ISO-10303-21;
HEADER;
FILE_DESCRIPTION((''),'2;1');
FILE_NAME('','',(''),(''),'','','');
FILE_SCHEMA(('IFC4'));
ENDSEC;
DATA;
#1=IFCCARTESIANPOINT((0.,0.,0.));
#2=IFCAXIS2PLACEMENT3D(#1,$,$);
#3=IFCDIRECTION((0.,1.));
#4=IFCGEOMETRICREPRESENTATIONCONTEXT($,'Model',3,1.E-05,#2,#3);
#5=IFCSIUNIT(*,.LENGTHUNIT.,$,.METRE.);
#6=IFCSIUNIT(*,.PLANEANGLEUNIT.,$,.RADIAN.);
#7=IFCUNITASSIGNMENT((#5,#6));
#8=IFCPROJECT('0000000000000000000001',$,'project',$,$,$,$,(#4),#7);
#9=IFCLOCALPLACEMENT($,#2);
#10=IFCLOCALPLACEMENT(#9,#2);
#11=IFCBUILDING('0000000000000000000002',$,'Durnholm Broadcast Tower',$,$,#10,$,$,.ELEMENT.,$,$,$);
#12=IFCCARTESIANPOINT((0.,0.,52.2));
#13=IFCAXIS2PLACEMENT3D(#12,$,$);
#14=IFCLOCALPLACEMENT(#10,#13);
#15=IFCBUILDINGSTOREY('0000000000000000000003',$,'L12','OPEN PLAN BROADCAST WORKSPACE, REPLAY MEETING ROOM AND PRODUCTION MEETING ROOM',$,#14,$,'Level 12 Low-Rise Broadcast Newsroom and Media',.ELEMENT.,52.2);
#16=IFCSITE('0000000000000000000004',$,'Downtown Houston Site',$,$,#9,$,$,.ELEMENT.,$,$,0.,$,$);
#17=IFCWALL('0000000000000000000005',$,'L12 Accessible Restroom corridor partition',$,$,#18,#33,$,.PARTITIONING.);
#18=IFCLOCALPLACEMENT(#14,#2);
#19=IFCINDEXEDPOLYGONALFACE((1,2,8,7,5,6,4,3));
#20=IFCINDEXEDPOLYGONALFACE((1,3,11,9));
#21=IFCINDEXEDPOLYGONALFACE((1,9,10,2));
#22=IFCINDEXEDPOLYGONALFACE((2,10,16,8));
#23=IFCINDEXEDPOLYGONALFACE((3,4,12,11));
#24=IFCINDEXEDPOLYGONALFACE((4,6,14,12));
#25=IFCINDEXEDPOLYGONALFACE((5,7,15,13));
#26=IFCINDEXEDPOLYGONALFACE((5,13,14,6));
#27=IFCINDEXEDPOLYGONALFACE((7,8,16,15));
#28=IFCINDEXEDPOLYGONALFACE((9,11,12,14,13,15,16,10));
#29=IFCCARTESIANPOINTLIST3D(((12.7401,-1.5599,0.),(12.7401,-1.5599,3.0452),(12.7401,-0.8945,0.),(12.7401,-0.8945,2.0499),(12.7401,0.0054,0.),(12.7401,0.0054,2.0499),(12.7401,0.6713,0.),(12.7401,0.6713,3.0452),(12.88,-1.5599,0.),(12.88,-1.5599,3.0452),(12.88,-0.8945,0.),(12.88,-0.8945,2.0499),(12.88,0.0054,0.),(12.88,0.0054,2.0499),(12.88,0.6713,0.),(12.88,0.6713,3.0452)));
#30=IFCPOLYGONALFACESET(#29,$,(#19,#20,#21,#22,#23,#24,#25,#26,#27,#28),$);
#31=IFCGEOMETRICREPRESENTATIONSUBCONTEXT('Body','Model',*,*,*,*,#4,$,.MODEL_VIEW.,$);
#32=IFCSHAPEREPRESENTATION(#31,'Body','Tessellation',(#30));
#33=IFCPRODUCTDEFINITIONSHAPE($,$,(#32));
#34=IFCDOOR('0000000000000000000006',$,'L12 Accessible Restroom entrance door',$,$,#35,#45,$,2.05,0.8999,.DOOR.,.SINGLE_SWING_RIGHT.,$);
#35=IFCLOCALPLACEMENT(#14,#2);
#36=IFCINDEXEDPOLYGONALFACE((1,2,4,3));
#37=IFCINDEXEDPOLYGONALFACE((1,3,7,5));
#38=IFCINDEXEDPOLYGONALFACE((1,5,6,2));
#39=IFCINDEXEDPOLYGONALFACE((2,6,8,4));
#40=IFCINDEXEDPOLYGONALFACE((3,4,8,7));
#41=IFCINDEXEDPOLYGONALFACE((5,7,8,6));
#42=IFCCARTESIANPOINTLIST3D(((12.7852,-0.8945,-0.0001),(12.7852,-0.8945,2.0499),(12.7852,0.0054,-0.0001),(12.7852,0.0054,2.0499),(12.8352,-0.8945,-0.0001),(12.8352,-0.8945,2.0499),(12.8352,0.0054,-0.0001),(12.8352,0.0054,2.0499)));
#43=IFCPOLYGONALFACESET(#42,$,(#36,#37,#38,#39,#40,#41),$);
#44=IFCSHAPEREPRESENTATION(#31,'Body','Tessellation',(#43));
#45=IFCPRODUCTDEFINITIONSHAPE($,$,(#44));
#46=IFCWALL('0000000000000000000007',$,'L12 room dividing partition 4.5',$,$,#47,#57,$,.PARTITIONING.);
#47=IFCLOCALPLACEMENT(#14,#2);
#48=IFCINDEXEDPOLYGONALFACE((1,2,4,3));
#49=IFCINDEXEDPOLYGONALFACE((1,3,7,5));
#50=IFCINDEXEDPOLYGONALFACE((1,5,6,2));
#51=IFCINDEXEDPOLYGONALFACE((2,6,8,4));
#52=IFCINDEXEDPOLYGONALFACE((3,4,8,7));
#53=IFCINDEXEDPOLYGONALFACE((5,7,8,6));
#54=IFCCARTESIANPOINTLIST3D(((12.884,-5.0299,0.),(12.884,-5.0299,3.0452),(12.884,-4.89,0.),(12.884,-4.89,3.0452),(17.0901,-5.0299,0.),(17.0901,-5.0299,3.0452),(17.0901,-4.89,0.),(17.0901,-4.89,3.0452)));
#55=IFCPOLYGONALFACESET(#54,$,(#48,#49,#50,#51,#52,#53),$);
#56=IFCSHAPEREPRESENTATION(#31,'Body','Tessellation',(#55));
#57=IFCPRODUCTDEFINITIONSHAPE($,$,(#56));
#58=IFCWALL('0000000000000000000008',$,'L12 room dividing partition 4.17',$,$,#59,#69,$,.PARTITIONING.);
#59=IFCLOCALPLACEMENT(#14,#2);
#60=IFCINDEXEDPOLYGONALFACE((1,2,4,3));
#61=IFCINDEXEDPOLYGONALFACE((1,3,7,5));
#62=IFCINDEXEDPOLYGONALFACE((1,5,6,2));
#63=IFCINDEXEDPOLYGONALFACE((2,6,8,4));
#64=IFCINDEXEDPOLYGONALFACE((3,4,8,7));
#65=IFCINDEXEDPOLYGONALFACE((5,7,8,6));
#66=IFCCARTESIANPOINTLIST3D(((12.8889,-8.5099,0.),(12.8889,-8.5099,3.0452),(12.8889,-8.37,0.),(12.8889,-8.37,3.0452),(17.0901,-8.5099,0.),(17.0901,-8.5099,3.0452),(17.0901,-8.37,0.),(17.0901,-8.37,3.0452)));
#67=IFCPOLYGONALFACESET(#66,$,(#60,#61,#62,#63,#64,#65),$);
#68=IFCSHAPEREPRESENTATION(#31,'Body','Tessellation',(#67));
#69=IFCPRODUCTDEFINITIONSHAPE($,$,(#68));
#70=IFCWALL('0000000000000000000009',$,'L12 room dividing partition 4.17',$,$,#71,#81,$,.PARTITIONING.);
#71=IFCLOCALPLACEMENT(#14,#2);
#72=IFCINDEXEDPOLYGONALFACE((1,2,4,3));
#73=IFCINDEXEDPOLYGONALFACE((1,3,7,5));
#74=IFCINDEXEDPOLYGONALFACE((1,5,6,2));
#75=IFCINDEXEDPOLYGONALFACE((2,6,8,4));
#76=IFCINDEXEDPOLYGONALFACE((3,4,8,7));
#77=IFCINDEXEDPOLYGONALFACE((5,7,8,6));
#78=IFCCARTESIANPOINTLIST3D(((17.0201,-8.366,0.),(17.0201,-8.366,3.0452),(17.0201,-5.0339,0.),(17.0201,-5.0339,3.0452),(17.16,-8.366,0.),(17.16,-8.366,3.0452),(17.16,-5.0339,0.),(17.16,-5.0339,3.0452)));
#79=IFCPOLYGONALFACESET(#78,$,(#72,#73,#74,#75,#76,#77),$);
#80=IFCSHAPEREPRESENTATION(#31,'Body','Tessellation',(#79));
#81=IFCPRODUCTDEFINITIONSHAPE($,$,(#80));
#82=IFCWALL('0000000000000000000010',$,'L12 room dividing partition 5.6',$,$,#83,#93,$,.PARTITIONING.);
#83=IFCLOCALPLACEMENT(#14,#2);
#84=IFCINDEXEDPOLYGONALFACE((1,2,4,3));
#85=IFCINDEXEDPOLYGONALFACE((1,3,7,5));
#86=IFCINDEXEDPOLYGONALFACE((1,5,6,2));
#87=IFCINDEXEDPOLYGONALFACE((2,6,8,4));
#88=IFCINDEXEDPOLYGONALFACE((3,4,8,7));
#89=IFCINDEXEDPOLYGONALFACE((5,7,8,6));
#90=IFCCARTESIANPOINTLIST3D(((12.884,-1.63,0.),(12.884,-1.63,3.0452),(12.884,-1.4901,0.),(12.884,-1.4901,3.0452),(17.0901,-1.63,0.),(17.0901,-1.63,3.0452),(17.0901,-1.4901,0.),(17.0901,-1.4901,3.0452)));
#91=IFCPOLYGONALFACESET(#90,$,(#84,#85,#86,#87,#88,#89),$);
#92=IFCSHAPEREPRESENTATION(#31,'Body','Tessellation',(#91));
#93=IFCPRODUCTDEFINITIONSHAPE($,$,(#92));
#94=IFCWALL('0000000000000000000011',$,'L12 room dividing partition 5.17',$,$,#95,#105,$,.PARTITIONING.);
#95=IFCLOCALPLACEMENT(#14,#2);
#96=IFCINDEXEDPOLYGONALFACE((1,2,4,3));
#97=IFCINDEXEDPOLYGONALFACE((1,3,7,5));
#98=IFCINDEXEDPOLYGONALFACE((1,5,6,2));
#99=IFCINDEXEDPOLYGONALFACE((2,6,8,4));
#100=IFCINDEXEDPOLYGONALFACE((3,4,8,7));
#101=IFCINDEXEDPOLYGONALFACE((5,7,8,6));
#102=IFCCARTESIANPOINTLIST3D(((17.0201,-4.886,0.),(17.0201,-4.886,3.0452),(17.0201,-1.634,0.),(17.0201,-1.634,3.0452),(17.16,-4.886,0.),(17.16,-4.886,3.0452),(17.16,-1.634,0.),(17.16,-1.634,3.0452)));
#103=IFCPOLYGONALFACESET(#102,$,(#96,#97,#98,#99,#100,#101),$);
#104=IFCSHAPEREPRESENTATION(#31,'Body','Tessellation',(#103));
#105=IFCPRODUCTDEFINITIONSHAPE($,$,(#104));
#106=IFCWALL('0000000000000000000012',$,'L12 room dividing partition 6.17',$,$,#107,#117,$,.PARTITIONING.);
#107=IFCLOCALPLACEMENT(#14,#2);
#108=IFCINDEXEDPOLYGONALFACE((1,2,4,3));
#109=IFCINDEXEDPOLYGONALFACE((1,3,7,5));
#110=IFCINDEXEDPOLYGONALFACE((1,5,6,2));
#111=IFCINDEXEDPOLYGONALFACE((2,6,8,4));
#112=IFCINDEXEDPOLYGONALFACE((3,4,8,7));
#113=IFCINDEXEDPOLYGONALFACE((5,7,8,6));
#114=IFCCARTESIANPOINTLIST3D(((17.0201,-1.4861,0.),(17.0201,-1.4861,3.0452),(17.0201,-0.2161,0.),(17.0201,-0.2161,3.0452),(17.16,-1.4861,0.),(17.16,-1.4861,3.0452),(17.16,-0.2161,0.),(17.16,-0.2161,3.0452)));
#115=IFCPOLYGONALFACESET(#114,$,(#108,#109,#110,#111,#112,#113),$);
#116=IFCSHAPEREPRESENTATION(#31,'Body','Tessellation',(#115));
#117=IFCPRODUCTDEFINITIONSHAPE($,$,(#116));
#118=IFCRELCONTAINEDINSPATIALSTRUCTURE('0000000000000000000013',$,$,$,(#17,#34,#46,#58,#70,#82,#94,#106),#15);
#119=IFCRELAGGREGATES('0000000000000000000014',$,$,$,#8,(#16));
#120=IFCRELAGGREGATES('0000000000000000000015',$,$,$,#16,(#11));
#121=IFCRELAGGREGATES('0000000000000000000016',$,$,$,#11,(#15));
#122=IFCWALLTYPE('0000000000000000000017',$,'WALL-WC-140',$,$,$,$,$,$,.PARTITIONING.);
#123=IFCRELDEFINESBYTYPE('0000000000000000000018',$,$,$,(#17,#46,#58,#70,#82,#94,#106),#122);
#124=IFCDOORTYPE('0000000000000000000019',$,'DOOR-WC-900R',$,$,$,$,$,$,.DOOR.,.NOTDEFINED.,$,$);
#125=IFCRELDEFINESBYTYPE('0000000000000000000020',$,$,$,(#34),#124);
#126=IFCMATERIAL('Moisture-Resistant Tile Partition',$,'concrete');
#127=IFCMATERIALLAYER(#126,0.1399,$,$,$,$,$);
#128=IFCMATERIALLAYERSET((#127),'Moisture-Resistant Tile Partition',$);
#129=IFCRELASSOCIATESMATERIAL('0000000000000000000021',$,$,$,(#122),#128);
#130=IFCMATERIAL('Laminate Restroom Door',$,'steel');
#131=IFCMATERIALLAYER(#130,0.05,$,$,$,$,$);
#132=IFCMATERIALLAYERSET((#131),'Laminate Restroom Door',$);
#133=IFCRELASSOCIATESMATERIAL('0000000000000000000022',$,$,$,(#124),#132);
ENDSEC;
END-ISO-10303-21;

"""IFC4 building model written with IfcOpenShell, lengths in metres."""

from ifc_helpers import new_model, si_unit, direction, frame, frame_2d, origin, place, context, subcontext, project, spatial, rectangle, extrude, source, transform, mapped, material, layer, layer_set, type_object, type_shapes, element, fill, save


model = new_model("IFC4")

# Units and contexts
model_context = context("Model", 3, precision=1e-05, world=origin(), true_north=direction((0.0, 1.0)))
body_context = subcontext(model_context, "Body", "Model", "MODEL_VIEW")
ifc_project = project(units=[si_unit("LENGTHUNIT", "METRE"), si_unit("PLANEANGLEUNIT", "RADIAN")], contexts=[model_context])

# Site, building, storey
site_placement = place(None, origin())
site = spatial("IfcSite", under=ifc_project, at=site_placement, Name="Downtown Houston Site", CompositionType="ELEMENT", RefElevation=0.0)
building_placement = place(site_placement, origin())
building = spatial("IfcBuilding", under=site, at=building_placement, Name="Durnholm Broadcast Tower", CompositionType="ELEMENT")
storey_placement = place(building_placement, frame((0.0, 0.0, 52.2)))
storey = spatial("IfcBuildingStorey", under=building, at=storey_placement, Name="L12", Description="OPEN PLAN BROADCAST WORKSPACE, REPLAY MEETING ROOM AND PRODUCTION MEETING ROOM", LongName="Level 12 Low-Rise Broadcast Newsroom and Media", CompositionType="ELEMENT", Elevation=52.2)

# Wall, opening, door
ifc_material_1 = material(Name="Moisture-Resistant Tile Partition", Category="concrete")
ifc_layer_1 = layer(ifc_material_1, 0.1399)
ifc_layer_set_1 = layer_set([ifc_layer_1], Name="Moisture-Resistant Tile Partition")
wall_type = type_object("IfcWallType", Name="WALL-WC-140", PredefinedType="PARTITIONING", material=ifc_layer_set_1)
ifc_material_2 = material(Name="Laminate Restroom Door", Category="steel")
ifc_layer_2 = layer(ifc_material_2, 0.05)
ifc_layer_set_2 = layer_set([ifc_layer_2], Name="Laminate Restroom Door")
door_type_1 = type_object("IfcDoorType", Name="DOOR-WC-900R", OperationType="NOTDEFINED", PredefinedType="DOOR", material=ifc_layer_set_2)
shared_shape_1 = source(origin(), body_context, "Body", "SweptSolid", [
    extrude(rectangle(XDim=0.8999, YDim=2.05, at=frame_2d((0.45, 1.0249))), frame((0.0, 0.0249, 0.0), z_axis=(0.0, -1.0, 0.0), x_axis=(1.0, 0.0, 0.0)), (0.0, 0.0, 1.0), 0.05),
])
type_shapes(door_type_1, [shared_shape_1])
wall_1_placement = place(storey_placement, frame((12.8101, -1.5601, 0.0), z_axis=(0.0, 0.0, 1.0), x_axis=(0.0, 1.0, 0.0)))
wall_1 = element("IfcWall", 1, at=wall_1_placement, inside=storey, type_object=wall_type, Name="L12 Accessible Restroom corridor partition", PredefinedType="PARTITIONING", context=body_context, shape_type="SweptSolid", body=[
    extrude(rectangle(XDim=2.2312, YDim=0.1399, at=frame_2d((1.1157, 0.0))), origin(), (0.0, 0.0, 1.0), 3.0452),
])
opening_1_placement = place(wall_1_placement, frame((0.6655, 0.0, 0.0)))
opening_1 = element("IfcOpeningElement", 2, at=opening_1_placement, cuts=wall_1, PredefinedType="OPENING", context=body_context, shape_type="SweptSolid", body=[
    extrude(rectangle(XDim=0.8999, YDim=2.05, at=frame_2d((0.45, 1.0249))), frame((0.0, 0.0801, 0.0), z_axis=(0.0, -1.0, 0.0), x_axis=(1.0, 0.0, 0.0)), (0.0, 0.0, 1.0), 0.1599),
])
door_1_placement = place(opening_1_placement, origin())
door_1 = element("IfcDoor", 3, at=door_1_placement, inside=storey, type_object=door_type_1, Name="L12 Accessible Restroom entrance door", OperationType="SINGLE_SWING_RIGHT", OverallHeight=2.05, OverallWidth=0.8999, PredefinedType="DOOR", context=body_context, shape_type="MappedRepresentation", body=[
    mapped(shared_shape_1, transform((0.0, 0.0, 0.0), x_axis=(1.0, 0.0, 0.0), y_axis=(0.0, 1.0, 0.0), z_axis=(0.0, 0.0, 1.0), scale=1.0)),
])
fill(opening_1, door_1)

# Walls
wall_2_placement = place(storey_placement, frame((12.884, -4.96, 0.0), z_axis=(0.0, 0.0, 1.0), x_axis=(1.0, 0.0, 0.0)))
element("IfcWall", 4, at=wall_2_placement, inside=storey, type_object=wall_type, Name="L12 room dividing partition 4.5", PredefinedType="PARTITIONING", context=body_context, shape_type="SweptSolid", body=[
    extrude(rectangle(XDim=4.2061, YDim=0.1399, at=frame_2d((2.103, 0.0))), origin(), (0.0, 0.0, 1.0), 3.0452),
])
wall_3_placement = place(storey_placement, frame((17.0901, -8.4399, 0.0), z_axis=(0.0, 0.0, 1.0), x_axis=(-1.0, 0.0, 0.0)))
element("IfcWall", 5, at=wall_3_placement, inside=storey, type_object=wall_type, Name="L12 room dividing partition 4.17", PredefinedType="PARTITIONING", context=body_context, shape_type="SweptSolid", body=[
    extrude(rectangle(XDim=4.2012, YDim=0.1399, at=frame_2d((2.1006, 0.0))), origin(), (0.0, 0.0, 1.0), 3.0452),
])
wall_4_placement = place(storey_placement, frame((17.0901, -5.0339, 0.0), z_axis=(0.0, 0.0, 1.0), x_axis=(0.0, -1.0, 0.0)))
element("IfcWall", 6, at=wall_4_placement, inside=storey, type_object=wall_type, Name="L12 room dividing partition 4.17", PredefinedType="PARTITIONING", context=body_context, shape_type="SweptSolid", body=[
    extrude(rectangle(XDim=3.332, YDim=0.1399, at=frame_2d((1.666, 0.0))), origin(), (0.0, 0.0, 1.0), 3.0452),
])
wall_5_placement = place(storey_placement, frame((12.884, -1.5601, 0.0), z_axis=(0.0, 0.0, 1.0), x_axis=(1.0, 0.0, 0.0)))
element("IfcWall", 7, at=wall_5_placement, inside=storey, type_object=wall_type, Name="L12 room dividing partition 5.6", PredefinedType="PARTITIONING", context=body_context, shape_type="SweptSolid", body=[
    extrude(rectangle(XDim=4.2061, YDim=0.1399, at=frame_2d((2.103, 0.0))), origin(), (0.0, 0.0, 1.0), 3.0452),
])
wall_6_placement = place(storey_placement, frame((17.0901, -1.634, 0.0), z_axis=(0.0, 0.0, 1.0), x_axis=(0.0, -1.0, 0.0)))
element("IfcWall", 8, at=wall_6_placement, inside=storey, type_object=wall_type, Name="L12 room dividing partition 5.17", PredefinedType="PARTITIONING", context=body_context, shape_type="SweptSolid", body=[
    extrude(rectangle(XDim=3.252, YDim=0.1399, at=frame_2d((1.626, 0.0))), origin(), (0.0, 0.0, 1.0), 3.0452),
])
wall_7_placement = place(storey_placement, frame((17.0901, -0.2161, 0.0), z_axis=(0.0, 0.0, 1.0), x_axis=(0.0, -1.0, 0.0)))
element("IfcWall", 9, at=wall_7_placement, inside=storey, type_object=wall_type, Name="L12 room dividing partition 6.17", PredefinedType="PARTITIONING", context=body_context, shape_type="SweptSolid", body=[
    extrude(rectangle(XDim=1.27, YDim=0.1399, at=frame_2d((0.635, 0.0))), origin(), (0.0, 0.0, 1.0), 3.0452),
])

save(model, "model.ifc")
